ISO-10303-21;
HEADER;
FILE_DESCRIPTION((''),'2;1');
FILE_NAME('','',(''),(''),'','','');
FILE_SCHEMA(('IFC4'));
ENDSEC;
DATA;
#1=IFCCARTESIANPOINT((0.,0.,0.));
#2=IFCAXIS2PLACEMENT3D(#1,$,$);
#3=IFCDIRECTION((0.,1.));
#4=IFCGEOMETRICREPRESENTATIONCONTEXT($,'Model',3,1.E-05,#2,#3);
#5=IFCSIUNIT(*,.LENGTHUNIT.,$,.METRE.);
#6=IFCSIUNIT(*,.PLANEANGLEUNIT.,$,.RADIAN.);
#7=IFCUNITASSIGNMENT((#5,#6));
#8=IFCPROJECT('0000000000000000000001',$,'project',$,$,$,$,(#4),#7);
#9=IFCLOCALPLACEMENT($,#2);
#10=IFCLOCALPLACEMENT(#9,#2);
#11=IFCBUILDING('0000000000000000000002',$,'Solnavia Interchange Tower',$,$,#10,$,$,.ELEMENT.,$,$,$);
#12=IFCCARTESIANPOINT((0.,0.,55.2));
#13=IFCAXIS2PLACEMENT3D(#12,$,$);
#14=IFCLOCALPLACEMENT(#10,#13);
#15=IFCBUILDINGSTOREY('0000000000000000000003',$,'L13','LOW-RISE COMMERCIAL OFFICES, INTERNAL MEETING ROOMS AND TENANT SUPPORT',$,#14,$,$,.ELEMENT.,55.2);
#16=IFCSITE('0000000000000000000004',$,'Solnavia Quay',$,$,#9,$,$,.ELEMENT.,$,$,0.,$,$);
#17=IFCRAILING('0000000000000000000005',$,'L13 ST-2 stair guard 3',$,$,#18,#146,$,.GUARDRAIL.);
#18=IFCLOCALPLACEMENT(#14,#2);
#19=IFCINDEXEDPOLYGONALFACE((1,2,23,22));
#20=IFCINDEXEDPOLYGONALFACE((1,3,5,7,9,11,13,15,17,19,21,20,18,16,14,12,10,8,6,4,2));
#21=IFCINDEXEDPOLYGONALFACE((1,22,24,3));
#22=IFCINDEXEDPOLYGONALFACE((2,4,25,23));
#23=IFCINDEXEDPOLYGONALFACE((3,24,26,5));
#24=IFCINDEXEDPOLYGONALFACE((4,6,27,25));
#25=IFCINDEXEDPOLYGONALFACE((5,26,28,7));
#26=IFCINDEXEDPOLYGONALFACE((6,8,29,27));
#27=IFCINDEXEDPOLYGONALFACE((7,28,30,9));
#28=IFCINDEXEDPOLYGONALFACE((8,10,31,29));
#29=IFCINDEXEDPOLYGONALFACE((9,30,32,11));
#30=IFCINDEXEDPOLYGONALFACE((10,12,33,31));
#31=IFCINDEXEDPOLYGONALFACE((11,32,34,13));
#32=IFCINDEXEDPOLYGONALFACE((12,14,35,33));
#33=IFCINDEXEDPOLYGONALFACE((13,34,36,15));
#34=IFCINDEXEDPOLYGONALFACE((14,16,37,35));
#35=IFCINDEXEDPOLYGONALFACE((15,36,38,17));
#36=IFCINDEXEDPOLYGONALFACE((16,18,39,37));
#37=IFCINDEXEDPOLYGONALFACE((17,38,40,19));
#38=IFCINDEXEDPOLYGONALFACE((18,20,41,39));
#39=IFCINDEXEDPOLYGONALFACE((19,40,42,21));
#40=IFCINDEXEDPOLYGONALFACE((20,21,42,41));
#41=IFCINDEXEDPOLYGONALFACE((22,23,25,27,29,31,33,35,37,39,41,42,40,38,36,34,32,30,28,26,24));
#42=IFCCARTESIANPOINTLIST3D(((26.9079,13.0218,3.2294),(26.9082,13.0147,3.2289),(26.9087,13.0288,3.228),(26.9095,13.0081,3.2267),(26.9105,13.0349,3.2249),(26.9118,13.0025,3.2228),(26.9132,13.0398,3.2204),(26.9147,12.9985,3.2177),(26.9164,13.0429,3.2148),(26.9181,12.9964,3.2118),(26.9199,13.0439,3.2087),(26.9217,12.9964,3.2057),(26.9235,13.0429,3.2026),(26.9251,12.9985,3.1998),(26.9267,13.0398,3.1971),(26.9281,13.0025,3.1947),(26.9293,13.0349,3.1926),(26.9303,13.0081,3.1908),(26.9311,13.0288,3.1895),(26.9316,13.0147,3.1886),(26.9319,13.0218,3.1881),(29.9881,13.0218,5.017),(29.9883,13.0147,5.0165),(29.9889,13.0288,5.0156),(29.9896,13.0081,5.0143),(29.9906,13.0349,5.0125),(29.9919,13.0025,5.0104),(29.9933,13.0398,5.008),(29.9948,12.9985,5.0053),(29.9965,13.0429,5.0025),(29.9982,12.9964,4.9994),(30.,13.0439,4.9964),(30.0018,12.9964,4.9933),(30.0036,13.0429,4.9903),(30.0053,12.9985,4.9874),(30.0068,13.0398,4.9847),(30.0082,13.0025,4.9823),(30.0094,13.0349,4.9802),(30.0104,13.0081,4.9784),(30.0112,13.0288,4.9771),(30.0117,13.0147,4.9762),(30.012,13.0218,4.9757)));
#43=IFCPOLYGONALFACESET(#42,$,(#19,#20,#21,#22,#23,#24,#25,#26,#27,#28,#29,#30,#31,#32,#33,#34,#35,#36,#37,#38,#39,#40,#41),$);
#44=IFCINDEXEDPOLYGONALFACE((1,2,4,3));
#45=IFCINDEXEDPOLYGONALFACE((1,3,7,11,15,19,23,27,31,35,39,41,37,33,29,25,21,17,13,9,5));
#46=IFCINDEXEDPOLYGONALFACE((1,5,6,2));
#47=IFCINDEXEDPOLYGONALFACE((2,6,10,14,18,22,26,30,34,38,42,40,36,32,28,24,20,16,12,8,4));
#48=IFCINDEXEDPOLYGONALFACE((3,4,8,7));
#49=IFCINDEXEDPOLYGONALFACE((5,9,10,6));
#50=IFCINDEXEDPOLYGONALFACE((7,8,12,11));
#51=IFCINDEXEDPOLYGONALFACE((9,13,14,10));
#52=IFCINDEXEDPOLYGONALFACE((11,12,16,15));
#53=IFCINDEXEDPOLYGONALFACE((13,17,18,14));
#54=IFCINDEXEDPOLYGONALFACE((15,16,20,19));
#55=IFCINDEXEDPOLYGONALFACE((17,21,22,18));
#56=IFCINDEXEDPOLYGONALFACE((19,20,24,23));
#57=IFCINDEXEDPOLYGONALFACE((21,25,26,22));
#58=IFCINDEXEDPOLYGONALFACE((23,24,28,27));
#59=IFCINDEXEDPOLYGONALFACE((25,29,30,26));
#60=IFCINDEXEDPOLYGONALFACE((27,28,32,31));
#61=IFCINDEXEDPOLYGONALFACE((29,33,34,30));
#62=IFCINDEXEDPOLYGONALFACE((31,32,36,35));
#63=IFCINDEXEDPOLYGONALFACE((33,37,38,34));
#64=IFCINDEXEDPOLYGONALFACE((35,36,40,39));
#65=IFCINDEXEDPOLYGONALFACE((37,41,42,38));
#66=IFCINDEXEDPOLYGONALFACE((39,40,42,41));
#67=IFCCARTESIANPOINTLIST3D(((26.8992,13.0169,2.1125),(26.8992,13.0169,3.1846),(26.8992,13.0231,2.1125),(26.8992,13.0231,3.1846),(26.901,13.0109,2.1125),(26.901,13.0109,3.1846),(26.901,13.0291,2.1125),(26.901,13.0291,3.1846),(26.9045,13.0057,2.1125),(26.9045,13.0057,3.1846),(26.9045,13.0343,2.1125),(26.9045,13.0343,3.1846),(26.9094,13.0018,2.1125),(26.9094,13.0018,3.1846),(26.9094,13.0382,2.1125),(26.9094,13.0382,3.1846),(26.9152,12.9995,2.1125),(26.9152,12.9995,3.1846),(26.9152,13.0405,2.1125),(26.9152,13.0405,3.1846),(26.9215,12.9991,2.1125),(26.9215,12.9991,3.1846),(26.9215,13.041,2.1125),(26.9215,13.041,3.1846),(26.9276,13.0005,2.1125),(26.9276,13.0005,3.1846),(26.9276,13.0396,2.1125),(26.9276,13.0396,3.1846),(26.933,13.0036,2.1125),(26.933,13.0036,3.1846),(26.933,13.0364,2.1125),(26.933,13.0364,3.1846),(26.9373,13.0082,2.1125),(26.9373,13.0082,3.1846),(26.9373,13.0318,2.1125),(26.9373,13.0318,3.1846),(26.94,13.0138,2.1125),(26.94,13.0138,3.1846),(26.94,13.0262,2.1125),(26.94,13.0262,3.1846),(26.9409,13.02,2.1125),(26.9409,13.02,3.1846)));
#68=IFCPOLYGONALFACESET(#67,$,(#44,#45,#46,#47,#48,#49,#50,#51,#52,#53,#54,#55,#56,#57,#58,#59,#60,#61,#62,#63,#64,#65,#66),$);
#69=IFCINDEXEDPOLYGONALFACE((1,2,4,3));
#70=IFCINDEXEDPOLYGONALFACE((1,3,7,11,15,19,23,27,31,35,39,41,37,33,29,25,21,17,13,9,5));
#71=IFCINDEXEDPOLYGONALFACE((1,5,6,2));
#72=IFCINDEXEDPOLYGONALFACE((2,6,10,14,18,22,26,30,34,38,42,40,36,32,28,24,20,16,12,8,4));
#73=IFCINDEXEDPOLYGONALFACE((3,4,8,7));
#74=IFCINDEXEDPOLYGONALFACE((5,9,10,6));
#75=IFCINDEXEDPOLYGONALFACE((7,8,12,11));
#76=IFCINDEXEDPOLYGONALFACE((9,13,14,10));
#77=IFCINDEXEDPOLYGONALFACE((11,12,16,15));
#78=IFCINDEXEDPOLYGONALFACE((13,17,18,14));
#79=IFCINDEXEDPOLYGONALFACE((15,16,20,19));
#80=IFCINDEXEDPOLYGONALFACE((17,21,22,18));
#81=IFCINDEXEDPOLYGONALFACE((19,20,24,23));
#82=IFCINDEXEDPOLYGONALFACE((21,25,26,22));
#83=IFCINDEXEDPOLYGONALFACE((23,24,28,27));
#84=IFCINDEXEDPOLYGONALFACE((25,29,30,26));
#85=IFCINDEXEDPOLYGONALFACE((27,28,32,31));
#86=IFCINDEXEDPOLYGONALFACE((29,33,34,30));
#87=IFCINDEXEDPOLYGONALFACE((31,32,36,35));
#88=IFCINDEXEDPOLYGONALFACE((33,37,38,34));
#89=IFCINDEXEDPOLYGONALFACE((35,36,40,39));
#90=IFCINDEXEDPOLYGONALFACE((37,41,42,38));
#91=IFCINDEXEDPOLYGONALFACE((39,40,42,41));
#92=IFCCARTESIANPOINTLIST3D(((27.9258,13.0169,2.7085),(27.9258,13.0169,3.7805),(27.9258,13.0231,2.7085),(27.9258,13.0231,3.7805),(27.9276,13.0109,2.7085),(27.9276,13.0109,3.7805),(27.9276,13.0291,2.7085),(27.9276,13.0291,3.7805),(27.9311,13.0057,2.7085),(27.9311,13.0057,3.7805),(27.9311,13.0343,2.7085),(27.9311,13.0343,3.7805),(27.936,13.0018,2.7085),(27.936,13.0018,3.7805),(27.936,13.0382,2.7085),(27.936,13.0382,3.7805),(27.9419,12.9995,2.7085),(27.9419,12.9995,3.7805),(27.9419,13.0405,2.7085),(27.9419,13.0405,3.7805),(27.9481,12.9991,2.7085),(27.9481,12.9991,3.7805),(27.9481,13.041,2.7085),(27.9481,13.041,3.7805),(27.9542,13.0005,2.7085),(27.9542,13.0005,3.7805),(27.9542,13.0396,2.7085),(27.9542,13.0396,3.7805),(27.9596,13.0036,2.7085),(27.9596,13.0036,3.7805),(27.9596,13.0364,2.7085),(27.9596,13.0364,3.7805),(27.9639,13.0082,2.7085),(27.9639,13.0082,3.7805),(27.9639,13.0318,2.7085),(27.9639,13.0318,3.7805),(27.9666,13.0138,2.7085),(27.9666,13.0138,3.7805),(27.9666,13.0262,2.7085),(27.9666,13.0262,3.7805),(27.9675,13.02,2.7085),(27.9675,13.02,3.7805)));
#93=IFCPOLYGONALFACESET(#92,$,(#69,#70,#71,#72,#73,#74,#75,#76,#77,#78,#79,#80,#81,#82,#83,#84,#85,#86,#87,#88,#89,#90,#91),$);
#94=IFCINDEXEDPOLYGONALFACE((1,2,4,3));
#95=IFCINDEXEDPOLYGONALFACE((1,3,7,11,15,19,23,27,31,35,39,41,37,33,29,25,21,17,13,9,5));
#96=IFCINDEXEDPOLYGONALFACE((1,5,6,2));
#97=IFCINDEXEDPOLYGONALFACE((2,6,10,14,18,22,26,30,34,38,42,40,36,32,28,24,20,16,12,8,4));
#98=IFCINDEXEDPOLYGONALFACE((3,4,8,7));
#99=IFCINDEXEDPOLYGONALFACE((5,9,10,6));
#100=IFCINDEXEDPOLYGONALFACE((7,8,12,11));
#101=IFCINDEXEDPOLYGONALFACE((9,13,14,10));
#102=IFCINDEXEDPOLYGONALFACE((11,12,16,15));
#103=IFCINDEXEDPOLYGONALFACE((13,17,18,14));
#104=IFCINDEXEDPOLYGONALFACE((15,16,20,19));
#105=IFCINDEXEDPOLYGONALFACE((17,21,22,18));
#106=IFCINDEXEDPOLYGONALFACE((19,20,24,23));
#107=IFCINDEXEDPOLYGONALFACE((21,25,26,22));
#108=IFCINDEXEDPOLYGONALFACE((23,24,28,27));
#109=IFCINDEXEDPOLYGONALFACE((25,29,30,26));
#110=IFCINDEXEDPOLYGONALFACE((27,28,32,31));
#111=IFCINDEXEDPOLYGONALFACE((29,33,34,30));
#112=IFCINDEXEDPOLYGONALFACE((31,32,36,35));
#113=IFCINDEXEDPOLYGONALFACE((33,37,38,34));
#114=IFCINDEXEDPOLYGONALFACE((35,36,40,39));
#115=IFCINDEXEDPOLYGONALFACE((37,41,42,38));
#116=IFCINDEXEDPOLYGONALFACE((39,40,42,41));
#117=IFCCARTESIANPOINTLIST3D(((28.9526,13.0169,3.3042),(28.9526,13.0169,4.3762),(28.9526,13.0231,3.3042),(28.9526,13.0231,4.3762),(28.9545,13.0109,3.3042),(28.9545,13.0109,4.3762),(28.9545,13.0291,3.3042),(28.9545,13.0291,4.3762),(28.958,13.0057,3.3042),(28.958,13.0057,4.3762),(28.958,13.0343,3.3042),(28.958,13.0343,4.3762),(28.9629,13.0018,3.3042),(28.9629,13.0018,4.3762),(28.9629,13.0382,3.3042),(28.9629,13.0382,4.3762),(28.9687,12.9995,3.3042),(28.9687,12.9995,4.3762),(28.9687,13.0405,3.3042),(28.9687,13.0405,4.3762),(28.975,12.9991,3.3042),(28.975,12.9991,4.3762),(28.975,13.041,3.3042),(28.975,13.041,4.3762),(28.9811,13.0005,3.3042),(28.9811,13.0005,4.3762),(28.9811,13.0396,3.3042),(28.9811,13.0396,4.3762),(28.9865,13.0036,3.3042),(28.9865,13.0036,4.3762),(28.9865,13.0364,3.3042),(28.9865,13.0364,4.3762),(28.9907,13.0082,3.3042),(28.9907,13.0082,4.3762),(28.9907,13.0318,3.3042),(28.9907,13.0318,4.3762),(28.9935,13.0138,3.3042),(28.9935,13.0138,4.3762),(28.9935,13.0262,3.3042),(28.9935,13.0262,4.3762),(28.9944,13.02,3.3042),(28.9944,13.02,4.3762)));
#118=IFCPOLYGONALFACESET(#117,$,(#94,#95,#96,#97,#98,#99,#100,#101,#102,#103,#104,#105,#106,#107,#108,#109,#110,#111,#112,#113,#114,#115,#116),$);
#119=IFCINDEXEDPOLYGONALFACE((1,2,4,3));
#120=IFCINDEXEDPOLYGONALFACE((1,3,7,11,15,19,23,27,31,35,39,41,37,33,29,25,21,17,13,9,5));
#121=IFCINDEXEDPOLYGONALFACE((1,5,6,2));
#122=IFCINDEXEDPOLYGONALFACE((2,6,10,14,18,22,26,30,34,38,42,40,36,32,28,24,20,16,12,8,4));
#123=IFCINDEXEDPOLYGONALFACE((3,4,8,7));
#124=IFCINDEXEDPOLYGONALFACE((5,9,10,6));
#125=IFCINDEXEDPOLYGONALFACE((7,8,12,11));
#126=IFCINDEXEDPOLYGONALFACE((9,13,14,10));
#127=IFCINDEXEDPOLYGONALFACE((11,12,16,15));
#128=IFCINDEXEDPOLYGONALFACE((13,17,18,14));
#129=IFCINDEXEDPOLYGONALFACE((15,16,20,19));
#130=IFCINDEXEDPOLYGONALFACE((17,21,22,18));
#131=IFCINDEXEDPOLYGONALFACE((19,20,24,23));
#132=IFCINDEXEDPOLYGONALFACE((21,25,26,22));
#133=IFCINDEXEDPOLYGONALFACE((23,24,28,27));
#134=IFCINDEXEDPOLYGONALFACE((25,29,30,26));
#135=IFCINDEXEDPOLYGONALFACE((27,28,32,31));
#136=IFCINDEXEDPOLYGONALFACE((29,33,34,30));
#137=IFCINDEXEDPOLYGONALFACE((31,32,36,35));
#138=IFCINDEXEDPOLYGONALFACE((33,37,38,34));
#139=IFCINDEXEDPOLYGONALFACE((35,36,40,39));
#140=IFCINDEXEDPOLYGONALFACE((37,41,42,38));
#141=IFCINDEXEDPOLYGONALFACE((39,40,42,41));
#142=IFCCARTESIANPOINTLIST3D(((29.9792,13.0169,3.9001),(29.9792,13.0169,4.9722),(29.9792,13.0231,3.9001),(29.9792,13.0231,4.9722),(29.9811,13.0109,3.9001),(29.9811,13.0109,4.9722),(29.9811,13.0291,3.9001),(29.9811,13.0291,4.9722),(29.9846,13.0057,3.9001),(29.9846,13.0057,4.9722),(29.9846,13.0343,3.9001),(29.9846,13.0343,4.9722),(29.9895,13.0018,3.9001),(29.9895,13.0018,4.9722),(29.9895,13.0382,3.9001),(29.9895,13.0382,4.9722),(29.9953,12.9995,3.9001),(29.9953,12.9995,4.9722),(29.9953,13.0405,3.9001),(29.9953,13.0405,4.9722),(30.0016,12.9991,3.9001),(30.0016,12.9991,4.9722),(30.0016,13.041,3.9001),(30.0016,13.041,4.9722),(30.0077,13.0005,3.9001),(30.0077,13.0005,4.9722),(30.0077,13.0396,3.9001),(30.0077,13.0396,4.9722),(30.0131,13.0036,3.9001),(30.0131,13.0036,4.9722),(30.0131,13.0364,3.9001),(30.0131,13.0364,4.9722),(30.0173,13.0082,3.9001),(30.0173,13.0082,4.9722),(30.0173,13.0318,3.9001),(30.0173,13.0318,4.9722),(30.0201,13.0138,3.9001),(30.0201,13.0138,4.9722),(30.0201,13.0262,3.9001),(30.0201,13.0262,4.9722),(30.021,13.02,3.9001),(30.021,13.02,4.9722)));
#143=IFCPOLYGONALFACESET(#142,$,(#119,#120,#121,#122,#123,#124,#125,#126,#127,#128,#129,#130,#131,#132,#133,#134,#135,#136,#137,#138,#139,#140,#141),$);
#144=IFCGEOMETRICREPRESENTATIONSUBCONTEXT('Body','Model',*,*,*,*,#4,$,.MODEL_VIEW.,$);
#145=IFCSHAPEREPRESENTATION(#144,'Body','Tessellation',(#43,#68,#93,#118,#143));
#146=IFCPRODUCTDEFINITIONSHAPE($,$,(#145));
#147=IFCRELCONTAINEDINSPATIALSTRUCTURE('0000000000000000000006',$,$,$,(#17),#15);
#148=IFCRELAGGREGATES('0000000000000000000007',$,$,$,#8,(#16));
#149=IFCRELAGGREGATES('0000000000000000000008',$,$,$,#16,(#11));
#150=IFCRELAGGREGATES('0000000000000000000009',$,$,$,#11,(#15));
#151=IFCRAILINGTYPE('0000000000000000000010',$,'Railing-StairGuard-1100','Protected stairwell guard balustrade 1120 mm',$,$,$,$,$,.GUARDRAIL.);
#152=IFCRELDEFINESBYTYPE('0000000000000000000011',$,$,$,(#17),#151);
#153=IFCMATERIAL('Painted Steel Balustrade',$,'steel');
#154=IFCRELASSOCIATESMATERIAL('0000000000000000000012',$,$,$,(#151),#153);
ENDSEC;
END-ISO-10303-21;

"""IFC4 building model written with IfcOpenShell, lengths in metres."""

from ifc_helpers import new_model, si_unit, direction, frame, origin, origin_2d, place, context, subcontext, project, spatial, circle, extrude, material, type_object, element, save


model = new_model("IFC4")

# Units and contexts
model_context = context("Model", 3, precision=1e-05, world=origin(), true_north=direction((0.0, 1.0)))
body_context = subcontext(model_context, "Body", "Model", "MODEL_VIEW")
ifc_project = project(units=[si_unit("LENGTHUNIT", "METRE"), si_unit("PLANEANGLEUNIT", "RADIAN")], contexts=[model_context])

# Site, building, storey
site_placement = place(None, origin())
site = spatial("IfcSite", under=ifc_project, at=site_placement, Name="Solnavia Quay", CompositionType="ELEMENT", RefElevation=0.0)
building_placement = place(site_placement, origin())
building = spatial("IfcBuilding", under=site, at=building_placement, Name="Solnavia Interchange Tower", CompositionType="ELEMENT")
storey_placement = place(building_placement, frame((0.0, 0.0, 55.2)))
storey = spatial("IfcBuildingStorey", under=building, at=storey_placement, Name="L13", Description="LOW-RISE COMMERCIAL OFFICES, INTERNAL MEETING ROOMS AND TENANT SUPPORT", CompositionType="ELEMENT", Elevation=55.2)

# Railing
ifc_material_1 = material(Name="Painted Steel Balustrade", Category="steel")
railing_type_1 = type_object("IfcRailingType", Name="Railing-StairGuard-1100", Description="Protected stairwell guard balustrade 1120 mm", PredefinedType="GUARDRAIL", material=ifc_material_1)
railing_1_placement = place(storey_placement, frame((26.9199, 13.02, 2.1125)))
element("IfcRailing", 1, at=railing_1_placement, inside=storey, type_object=railing_type_1, Name="L13 ST-2 stair guard 3", PredefinedType="GUARDRAIL", context=body_context, shape_type="SweptSolid", body=[
    extrude(circle(Radius=0.0239, at=origin_2d()), frame((0.0, 0.0, 1.0962), z_axis=(0.864891, 0.0, 0.50196), x_axis=(0.0, 1.0, 0.0)), (0.0, 0.0, 1.0), 3.5613),
    extrude(circle(Radius=0.021, at=origin_2d()), origin(), (0.0, 0.0, 1.0), 1.072),
    extrude(circle(Radius=0.021, at=origin_2d()), frame((1.0266, 0.0, 0.5959)), (0.0, 0.0, 1.0), 1.072),
    extrude(circle(Radius=0.021, at=origin_2d()), frame((2.0535, 0.0, 1.1917)), (0.0, 0.0, 1.0), 1.072),
    extrude(circle(Radius=0.021, at=origin_2d()), frame((3.0801, 0.0, 1.7876)), (0.0, 0.0, 1.0), 1.072),
])

save(model, "model.ifc")
